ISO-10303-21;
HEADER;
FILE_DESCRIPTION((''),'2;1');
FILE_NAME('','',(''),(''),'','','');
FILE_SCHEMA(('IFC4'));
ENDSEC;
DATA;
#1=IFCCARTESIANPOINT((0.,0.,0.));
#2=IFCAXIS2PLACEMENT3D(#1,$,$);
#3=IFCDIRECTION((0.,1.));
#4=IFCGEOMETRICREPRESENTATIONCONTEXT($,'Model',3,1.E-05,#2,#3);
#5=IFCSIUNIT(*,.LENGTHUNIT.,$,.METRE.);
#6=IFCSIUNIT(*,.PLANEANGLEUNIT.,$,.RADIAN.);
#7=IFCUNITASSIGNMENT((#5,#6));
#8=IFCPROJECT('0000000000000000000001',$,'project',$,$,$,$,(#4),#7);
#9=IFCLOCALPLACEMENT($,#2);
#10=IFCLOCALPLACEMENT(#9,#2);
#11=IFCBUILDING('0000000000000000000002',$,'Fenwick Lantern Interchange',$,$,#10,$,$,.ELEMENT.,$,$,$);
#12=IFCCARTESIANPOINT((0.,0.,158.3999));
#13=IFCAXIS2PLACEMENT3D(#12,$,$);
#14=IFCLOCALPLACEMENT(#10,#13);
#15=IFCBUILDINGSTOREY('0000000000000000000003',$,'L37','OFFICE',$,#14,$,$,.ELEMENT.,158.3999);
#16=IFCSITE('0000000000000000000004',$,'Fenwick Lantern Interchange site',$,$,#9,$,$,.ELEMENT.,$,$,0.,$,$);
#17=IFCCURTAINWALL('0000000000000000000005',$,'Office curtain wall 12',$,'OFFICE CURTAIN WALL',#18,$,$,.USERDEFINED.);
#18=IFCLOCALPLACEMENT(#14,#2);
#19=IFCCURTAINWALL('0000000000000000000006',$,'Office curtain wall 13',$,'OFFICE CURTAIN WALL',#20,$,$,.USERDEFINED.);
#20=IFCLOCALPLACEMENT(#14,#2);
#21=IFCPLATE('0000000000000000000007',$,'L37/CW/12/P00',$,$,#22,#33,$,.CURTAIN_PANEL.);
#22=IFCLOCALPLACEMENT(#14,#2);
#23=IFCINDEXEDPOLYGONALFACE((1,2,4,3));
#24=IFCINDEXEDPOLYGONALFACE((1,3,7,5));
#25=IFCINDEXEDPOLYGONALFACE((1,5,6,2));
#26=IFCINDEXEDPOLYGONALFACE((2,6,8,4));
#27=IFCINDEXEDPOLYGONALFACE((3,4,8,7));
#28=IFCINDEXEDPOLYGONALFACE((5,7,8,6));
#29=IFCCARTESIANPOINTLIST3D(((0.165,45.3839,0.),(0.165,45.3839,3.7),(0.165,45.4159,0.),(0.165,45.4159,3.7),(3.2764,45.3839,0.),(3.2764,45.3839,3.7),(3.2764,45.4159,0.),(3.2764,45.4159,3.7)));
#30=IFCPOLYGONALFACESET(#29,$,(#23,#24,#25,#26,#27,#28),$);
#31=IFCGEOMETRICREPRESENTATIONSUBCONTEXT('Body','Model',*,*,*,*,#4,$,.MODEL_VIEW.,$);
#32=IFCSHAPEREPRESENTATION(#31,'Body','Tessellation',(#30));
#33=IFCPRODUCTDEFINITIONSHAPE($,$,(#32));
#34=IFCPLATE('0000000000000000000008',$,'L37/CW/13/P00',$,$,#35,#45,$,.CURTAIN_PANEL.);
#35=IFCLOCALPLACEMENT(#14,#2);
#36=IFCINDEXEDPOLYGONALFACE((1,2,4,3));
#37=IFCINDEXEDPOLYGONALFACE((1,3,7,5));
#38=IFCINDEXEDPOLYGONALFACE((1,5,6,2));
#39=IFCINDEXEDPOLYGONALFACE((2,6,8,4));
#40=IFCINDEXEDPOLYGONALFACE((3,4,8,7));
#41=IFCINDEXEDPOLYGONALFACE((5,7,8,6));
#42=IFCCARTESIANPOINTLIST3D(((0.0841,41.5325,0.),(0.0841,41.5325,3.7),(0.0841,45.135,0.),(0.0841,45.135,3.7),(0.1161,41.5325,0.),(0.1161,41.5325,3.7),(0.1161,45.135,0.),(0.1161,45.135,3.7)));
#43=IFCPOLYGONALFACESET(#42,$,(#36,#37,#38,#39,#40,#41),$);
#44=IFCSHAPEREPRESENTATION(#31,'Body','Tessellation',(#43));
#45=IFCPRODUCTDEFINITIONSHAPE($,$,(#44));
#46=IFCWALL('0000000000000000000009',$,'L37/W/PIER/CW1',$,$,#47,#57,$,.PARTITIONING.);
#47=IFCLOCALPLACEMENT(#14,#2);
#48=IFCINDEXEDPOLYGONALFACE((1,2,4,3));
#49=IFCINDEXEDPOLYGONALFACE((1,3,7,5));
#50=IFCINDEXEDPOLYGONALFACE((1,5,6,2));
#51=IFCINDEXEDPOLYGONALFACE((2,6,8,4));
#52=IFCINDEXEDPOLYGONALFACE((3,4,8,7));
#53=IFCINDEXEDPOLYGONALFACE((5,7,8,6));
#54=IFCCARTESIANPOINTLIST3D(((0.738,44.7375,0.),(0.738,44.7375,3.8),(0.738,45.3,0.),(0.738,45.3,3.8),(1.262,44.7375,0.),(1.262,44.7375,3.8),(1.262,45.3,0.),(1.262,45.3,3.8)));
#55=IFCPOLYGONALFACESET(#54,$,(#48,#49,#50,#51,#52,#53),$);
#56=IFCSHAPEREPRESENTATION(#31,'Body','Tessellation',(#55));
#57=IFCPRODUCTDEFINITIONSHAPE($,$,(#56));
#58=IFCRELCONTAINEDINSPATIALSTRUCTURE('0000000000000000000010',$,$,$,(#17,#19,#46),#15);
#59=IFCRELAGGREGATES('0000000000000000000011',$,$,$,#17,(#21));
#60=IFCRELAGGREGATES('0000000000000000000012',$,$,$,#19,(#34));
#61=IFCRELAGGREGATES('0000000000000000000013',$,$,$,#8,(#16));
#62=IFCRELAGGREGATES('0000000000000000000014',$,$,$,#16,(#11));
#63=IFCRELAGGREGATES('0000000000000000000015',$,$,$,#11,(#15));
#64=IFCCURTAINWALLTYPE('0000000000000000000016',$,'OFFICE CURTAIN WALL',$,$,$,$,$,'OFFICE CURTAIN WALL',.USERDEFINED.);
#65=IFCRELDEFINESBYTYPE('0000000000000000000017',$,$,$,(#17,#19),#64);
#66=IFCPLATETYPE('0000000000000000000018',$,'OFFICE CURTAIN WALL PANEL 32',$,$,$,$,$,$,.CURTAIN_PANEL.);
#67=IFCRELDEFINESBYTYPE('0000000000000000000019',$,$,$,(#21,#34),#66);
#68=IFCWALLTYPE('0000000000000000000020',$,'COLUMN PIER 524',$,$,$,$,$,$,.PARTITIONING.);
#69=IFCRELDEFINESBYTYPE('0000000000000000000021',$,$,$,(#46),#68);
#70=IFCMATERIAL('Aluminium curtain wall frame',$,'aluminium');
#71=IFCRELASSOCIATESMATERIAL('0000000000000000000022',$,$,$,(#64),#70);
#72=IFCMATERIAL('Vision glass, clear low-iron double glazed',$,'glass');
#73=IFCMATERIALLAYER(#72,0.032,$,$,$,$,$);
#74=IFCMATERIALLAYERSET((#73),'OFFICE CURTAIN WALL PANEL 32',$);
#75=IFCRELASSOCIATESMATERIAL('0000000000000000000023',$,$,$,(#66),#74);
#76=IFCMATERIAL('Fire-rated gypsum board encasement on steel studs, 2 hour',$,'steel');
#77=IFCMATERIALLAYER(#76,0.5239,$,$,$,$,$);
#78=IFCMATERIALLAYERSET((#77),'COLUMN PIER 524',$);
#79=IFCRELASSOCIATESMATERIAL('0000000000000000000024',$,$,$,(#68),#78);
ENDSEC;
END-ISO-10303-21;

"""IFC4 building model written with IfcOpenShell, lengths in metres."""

from ifc_helpers import new_model, si_unit, direction, frame, frame_2d, origin, origin_2d, place, context, subcontext, project, spatial, rectangle, extrude, material, layer, layer_set, type_object, element, aggregate, save


model = new_model("IFC4")

# Units and contexts
model_context = context("Model", 3, precision=1e-05, world=origin(), true_north=direction((0.0, 1.0)))
body_context = subcontext(model_context, "Body", "Model", "MODEL_VIEW")
ifc_project = project(units=[si_unit("LENGTHUNIT", "METRE"), si_unit("PLANEANGLEUNIT", "RADIAN")], contexts=[model_context])

# Site, building, storey
site_placement = place(None, origin())
site = spatial("IfcSite", under=ifc_project, at=site_placement, Name="Fenwick Lantern Interchange site", CompositionType="ELEMENT", RefElevation=0.0)
building_placement = place(site_placement, origin())
building = spatial("IfcBuilding", under=site, at=building_placement, Name="Fenwick Lantern Interchange", CompositionType="ELEMENT")
storey_placement = place(building_placement, frame((0.0, 0.0, 158.3999)))
storey = spatial("IfcBuildingStorey", under=building, at=storey_placement, Name="L37", Description="OFFICE", CompositionType="ELEMENT", Elevation=158.3999)

# Shared definitions
ifc_material_1 = material(Name="Aluminium curtain wall frame", Category="aluminium")
curtain_wall_type = type_object("IfcCurtainWallType", Name="OFFICE CURTAIN WALL", ElementType="OFFICE CURTAIN WALL", PredefinedType="USERDEFINED", material=ifc_material_1)

# Curtain walls
curtain_wall_1_placement = place(storey_placement, origin())
curtain_wall_1 = element("IfcCurtainWall", 1, at=curtain_wall_1_placement, inside=storey, type_object=curtain_wall_type, Name="Office curtain wall 12", ObjectType="OFFICE CURTAIN WALL", PredefinedType="USERDEFINED")
curtain_wall_2_placement = place(storey_placement, origin())
curtain_wall_2 = element("IfcCurtainWall", 2, at=curtain_wall_2_placement, inside=storey, type_object=curtain_wall_type, Name="Office curtain wall 13", ObjectType="OFFICE CURTAIN WALL", PredefinedType="USERDEFINED")

# Plates
ifc_material_2 = material(Name="Vision glass, clear low-iron double glazed", Category="glass")
ifc_layer_1 = layer(ifc_material_2, 0.032)
ifc_layer_set_1 = layer_set([ifc_layer_1], Name="OFFICE CURTAIN WALL PANEL 32")
plate_type = type_object("IfcPlateType", Name="OFFICE CURTAIN WALL PANEL 32", PredefinedType="CURTAIN_PANEL", material=ifc_layer_set_1)
plate_1_placement = place(storey_placement, frame((1.7207, 45.3999, 0.0), z_axis=(0.0, 0.0, 1.0), x_axis=(-1.0, 0.0, 0.0)))
plate_1 = element("IfcPlate", 3, at=plate_1_placement, type_object=plate_type, Name="L37/CW/12/P00", PredefinedType="CURTAIN_PANEL", context=body_context, shape_type="SweptSolid", body=[
    extrude(rectangle(XDim=3.1113, YDim=0.032, at=origin_2d()), origin(), (0.0, 0.0, 1.0), 3.7),
])
aggregate(curtain_wall_1, [plate_1])
plate_2_placement = place(storey_placement, frame((0.1001, 43.3337, 0.0), z_axis=(0.0, 0.0, 1.0), x_axis=(0.0, -1.0, 0.0)))
plate_2 = element("IfcPlate", 4, at=plate_2_placement, type_object=plate_type, Name="L37/CW/13/P00", PredefinedType="CURTAIN_PANEL", context=body_context, shape_type="SweptSolid", body=[
    extrude(rectangle(XDim=3.6025, YDim=0.032, at=origin_2d()), origin(), (0.0, 0.0, 1.0), 3.7),
])
aggregate(curtain_wall_2, [plate_2])

# Wall
ifc_material_3 = material(Name="Fire-rated gypsum board encasement on steel studs, 2 hour", Category="steel")
ifc_layer_2 = layer(ifc_material_3, 0.5239)
ifc_layer_set_2 = layer_set([ifc_layer_2], Name="COLUMN PIER 524")
wall_type = type_object("IfcWallType", Name="COLUMN PIER 524", PredefinedType="PARTITIONING", material=ifc_layer_set_2)
wall_placement = place(storey_placement, frame((1.0, 45.3, 0.0), z_axis=(0.0, 0.0, 1.0), x_axis=(0.0, -1.0, 0.0)))
element("IfcWall", 5, at=wall_placement, inside=storey, type_object=wall_type, Name="L37/W/PIER/CW1", PredefinedType="PARTITIONING", context=body_context, shape_type="SweptSolid", body=[
    extrude(rectangle(XDim=0.5625, YDim=0.5239, at=frame_2d((0.2812, 0.0))), origin(), (0.0, 0.0, 1.0), 3.8),
])

save(model, "model.ifc")
